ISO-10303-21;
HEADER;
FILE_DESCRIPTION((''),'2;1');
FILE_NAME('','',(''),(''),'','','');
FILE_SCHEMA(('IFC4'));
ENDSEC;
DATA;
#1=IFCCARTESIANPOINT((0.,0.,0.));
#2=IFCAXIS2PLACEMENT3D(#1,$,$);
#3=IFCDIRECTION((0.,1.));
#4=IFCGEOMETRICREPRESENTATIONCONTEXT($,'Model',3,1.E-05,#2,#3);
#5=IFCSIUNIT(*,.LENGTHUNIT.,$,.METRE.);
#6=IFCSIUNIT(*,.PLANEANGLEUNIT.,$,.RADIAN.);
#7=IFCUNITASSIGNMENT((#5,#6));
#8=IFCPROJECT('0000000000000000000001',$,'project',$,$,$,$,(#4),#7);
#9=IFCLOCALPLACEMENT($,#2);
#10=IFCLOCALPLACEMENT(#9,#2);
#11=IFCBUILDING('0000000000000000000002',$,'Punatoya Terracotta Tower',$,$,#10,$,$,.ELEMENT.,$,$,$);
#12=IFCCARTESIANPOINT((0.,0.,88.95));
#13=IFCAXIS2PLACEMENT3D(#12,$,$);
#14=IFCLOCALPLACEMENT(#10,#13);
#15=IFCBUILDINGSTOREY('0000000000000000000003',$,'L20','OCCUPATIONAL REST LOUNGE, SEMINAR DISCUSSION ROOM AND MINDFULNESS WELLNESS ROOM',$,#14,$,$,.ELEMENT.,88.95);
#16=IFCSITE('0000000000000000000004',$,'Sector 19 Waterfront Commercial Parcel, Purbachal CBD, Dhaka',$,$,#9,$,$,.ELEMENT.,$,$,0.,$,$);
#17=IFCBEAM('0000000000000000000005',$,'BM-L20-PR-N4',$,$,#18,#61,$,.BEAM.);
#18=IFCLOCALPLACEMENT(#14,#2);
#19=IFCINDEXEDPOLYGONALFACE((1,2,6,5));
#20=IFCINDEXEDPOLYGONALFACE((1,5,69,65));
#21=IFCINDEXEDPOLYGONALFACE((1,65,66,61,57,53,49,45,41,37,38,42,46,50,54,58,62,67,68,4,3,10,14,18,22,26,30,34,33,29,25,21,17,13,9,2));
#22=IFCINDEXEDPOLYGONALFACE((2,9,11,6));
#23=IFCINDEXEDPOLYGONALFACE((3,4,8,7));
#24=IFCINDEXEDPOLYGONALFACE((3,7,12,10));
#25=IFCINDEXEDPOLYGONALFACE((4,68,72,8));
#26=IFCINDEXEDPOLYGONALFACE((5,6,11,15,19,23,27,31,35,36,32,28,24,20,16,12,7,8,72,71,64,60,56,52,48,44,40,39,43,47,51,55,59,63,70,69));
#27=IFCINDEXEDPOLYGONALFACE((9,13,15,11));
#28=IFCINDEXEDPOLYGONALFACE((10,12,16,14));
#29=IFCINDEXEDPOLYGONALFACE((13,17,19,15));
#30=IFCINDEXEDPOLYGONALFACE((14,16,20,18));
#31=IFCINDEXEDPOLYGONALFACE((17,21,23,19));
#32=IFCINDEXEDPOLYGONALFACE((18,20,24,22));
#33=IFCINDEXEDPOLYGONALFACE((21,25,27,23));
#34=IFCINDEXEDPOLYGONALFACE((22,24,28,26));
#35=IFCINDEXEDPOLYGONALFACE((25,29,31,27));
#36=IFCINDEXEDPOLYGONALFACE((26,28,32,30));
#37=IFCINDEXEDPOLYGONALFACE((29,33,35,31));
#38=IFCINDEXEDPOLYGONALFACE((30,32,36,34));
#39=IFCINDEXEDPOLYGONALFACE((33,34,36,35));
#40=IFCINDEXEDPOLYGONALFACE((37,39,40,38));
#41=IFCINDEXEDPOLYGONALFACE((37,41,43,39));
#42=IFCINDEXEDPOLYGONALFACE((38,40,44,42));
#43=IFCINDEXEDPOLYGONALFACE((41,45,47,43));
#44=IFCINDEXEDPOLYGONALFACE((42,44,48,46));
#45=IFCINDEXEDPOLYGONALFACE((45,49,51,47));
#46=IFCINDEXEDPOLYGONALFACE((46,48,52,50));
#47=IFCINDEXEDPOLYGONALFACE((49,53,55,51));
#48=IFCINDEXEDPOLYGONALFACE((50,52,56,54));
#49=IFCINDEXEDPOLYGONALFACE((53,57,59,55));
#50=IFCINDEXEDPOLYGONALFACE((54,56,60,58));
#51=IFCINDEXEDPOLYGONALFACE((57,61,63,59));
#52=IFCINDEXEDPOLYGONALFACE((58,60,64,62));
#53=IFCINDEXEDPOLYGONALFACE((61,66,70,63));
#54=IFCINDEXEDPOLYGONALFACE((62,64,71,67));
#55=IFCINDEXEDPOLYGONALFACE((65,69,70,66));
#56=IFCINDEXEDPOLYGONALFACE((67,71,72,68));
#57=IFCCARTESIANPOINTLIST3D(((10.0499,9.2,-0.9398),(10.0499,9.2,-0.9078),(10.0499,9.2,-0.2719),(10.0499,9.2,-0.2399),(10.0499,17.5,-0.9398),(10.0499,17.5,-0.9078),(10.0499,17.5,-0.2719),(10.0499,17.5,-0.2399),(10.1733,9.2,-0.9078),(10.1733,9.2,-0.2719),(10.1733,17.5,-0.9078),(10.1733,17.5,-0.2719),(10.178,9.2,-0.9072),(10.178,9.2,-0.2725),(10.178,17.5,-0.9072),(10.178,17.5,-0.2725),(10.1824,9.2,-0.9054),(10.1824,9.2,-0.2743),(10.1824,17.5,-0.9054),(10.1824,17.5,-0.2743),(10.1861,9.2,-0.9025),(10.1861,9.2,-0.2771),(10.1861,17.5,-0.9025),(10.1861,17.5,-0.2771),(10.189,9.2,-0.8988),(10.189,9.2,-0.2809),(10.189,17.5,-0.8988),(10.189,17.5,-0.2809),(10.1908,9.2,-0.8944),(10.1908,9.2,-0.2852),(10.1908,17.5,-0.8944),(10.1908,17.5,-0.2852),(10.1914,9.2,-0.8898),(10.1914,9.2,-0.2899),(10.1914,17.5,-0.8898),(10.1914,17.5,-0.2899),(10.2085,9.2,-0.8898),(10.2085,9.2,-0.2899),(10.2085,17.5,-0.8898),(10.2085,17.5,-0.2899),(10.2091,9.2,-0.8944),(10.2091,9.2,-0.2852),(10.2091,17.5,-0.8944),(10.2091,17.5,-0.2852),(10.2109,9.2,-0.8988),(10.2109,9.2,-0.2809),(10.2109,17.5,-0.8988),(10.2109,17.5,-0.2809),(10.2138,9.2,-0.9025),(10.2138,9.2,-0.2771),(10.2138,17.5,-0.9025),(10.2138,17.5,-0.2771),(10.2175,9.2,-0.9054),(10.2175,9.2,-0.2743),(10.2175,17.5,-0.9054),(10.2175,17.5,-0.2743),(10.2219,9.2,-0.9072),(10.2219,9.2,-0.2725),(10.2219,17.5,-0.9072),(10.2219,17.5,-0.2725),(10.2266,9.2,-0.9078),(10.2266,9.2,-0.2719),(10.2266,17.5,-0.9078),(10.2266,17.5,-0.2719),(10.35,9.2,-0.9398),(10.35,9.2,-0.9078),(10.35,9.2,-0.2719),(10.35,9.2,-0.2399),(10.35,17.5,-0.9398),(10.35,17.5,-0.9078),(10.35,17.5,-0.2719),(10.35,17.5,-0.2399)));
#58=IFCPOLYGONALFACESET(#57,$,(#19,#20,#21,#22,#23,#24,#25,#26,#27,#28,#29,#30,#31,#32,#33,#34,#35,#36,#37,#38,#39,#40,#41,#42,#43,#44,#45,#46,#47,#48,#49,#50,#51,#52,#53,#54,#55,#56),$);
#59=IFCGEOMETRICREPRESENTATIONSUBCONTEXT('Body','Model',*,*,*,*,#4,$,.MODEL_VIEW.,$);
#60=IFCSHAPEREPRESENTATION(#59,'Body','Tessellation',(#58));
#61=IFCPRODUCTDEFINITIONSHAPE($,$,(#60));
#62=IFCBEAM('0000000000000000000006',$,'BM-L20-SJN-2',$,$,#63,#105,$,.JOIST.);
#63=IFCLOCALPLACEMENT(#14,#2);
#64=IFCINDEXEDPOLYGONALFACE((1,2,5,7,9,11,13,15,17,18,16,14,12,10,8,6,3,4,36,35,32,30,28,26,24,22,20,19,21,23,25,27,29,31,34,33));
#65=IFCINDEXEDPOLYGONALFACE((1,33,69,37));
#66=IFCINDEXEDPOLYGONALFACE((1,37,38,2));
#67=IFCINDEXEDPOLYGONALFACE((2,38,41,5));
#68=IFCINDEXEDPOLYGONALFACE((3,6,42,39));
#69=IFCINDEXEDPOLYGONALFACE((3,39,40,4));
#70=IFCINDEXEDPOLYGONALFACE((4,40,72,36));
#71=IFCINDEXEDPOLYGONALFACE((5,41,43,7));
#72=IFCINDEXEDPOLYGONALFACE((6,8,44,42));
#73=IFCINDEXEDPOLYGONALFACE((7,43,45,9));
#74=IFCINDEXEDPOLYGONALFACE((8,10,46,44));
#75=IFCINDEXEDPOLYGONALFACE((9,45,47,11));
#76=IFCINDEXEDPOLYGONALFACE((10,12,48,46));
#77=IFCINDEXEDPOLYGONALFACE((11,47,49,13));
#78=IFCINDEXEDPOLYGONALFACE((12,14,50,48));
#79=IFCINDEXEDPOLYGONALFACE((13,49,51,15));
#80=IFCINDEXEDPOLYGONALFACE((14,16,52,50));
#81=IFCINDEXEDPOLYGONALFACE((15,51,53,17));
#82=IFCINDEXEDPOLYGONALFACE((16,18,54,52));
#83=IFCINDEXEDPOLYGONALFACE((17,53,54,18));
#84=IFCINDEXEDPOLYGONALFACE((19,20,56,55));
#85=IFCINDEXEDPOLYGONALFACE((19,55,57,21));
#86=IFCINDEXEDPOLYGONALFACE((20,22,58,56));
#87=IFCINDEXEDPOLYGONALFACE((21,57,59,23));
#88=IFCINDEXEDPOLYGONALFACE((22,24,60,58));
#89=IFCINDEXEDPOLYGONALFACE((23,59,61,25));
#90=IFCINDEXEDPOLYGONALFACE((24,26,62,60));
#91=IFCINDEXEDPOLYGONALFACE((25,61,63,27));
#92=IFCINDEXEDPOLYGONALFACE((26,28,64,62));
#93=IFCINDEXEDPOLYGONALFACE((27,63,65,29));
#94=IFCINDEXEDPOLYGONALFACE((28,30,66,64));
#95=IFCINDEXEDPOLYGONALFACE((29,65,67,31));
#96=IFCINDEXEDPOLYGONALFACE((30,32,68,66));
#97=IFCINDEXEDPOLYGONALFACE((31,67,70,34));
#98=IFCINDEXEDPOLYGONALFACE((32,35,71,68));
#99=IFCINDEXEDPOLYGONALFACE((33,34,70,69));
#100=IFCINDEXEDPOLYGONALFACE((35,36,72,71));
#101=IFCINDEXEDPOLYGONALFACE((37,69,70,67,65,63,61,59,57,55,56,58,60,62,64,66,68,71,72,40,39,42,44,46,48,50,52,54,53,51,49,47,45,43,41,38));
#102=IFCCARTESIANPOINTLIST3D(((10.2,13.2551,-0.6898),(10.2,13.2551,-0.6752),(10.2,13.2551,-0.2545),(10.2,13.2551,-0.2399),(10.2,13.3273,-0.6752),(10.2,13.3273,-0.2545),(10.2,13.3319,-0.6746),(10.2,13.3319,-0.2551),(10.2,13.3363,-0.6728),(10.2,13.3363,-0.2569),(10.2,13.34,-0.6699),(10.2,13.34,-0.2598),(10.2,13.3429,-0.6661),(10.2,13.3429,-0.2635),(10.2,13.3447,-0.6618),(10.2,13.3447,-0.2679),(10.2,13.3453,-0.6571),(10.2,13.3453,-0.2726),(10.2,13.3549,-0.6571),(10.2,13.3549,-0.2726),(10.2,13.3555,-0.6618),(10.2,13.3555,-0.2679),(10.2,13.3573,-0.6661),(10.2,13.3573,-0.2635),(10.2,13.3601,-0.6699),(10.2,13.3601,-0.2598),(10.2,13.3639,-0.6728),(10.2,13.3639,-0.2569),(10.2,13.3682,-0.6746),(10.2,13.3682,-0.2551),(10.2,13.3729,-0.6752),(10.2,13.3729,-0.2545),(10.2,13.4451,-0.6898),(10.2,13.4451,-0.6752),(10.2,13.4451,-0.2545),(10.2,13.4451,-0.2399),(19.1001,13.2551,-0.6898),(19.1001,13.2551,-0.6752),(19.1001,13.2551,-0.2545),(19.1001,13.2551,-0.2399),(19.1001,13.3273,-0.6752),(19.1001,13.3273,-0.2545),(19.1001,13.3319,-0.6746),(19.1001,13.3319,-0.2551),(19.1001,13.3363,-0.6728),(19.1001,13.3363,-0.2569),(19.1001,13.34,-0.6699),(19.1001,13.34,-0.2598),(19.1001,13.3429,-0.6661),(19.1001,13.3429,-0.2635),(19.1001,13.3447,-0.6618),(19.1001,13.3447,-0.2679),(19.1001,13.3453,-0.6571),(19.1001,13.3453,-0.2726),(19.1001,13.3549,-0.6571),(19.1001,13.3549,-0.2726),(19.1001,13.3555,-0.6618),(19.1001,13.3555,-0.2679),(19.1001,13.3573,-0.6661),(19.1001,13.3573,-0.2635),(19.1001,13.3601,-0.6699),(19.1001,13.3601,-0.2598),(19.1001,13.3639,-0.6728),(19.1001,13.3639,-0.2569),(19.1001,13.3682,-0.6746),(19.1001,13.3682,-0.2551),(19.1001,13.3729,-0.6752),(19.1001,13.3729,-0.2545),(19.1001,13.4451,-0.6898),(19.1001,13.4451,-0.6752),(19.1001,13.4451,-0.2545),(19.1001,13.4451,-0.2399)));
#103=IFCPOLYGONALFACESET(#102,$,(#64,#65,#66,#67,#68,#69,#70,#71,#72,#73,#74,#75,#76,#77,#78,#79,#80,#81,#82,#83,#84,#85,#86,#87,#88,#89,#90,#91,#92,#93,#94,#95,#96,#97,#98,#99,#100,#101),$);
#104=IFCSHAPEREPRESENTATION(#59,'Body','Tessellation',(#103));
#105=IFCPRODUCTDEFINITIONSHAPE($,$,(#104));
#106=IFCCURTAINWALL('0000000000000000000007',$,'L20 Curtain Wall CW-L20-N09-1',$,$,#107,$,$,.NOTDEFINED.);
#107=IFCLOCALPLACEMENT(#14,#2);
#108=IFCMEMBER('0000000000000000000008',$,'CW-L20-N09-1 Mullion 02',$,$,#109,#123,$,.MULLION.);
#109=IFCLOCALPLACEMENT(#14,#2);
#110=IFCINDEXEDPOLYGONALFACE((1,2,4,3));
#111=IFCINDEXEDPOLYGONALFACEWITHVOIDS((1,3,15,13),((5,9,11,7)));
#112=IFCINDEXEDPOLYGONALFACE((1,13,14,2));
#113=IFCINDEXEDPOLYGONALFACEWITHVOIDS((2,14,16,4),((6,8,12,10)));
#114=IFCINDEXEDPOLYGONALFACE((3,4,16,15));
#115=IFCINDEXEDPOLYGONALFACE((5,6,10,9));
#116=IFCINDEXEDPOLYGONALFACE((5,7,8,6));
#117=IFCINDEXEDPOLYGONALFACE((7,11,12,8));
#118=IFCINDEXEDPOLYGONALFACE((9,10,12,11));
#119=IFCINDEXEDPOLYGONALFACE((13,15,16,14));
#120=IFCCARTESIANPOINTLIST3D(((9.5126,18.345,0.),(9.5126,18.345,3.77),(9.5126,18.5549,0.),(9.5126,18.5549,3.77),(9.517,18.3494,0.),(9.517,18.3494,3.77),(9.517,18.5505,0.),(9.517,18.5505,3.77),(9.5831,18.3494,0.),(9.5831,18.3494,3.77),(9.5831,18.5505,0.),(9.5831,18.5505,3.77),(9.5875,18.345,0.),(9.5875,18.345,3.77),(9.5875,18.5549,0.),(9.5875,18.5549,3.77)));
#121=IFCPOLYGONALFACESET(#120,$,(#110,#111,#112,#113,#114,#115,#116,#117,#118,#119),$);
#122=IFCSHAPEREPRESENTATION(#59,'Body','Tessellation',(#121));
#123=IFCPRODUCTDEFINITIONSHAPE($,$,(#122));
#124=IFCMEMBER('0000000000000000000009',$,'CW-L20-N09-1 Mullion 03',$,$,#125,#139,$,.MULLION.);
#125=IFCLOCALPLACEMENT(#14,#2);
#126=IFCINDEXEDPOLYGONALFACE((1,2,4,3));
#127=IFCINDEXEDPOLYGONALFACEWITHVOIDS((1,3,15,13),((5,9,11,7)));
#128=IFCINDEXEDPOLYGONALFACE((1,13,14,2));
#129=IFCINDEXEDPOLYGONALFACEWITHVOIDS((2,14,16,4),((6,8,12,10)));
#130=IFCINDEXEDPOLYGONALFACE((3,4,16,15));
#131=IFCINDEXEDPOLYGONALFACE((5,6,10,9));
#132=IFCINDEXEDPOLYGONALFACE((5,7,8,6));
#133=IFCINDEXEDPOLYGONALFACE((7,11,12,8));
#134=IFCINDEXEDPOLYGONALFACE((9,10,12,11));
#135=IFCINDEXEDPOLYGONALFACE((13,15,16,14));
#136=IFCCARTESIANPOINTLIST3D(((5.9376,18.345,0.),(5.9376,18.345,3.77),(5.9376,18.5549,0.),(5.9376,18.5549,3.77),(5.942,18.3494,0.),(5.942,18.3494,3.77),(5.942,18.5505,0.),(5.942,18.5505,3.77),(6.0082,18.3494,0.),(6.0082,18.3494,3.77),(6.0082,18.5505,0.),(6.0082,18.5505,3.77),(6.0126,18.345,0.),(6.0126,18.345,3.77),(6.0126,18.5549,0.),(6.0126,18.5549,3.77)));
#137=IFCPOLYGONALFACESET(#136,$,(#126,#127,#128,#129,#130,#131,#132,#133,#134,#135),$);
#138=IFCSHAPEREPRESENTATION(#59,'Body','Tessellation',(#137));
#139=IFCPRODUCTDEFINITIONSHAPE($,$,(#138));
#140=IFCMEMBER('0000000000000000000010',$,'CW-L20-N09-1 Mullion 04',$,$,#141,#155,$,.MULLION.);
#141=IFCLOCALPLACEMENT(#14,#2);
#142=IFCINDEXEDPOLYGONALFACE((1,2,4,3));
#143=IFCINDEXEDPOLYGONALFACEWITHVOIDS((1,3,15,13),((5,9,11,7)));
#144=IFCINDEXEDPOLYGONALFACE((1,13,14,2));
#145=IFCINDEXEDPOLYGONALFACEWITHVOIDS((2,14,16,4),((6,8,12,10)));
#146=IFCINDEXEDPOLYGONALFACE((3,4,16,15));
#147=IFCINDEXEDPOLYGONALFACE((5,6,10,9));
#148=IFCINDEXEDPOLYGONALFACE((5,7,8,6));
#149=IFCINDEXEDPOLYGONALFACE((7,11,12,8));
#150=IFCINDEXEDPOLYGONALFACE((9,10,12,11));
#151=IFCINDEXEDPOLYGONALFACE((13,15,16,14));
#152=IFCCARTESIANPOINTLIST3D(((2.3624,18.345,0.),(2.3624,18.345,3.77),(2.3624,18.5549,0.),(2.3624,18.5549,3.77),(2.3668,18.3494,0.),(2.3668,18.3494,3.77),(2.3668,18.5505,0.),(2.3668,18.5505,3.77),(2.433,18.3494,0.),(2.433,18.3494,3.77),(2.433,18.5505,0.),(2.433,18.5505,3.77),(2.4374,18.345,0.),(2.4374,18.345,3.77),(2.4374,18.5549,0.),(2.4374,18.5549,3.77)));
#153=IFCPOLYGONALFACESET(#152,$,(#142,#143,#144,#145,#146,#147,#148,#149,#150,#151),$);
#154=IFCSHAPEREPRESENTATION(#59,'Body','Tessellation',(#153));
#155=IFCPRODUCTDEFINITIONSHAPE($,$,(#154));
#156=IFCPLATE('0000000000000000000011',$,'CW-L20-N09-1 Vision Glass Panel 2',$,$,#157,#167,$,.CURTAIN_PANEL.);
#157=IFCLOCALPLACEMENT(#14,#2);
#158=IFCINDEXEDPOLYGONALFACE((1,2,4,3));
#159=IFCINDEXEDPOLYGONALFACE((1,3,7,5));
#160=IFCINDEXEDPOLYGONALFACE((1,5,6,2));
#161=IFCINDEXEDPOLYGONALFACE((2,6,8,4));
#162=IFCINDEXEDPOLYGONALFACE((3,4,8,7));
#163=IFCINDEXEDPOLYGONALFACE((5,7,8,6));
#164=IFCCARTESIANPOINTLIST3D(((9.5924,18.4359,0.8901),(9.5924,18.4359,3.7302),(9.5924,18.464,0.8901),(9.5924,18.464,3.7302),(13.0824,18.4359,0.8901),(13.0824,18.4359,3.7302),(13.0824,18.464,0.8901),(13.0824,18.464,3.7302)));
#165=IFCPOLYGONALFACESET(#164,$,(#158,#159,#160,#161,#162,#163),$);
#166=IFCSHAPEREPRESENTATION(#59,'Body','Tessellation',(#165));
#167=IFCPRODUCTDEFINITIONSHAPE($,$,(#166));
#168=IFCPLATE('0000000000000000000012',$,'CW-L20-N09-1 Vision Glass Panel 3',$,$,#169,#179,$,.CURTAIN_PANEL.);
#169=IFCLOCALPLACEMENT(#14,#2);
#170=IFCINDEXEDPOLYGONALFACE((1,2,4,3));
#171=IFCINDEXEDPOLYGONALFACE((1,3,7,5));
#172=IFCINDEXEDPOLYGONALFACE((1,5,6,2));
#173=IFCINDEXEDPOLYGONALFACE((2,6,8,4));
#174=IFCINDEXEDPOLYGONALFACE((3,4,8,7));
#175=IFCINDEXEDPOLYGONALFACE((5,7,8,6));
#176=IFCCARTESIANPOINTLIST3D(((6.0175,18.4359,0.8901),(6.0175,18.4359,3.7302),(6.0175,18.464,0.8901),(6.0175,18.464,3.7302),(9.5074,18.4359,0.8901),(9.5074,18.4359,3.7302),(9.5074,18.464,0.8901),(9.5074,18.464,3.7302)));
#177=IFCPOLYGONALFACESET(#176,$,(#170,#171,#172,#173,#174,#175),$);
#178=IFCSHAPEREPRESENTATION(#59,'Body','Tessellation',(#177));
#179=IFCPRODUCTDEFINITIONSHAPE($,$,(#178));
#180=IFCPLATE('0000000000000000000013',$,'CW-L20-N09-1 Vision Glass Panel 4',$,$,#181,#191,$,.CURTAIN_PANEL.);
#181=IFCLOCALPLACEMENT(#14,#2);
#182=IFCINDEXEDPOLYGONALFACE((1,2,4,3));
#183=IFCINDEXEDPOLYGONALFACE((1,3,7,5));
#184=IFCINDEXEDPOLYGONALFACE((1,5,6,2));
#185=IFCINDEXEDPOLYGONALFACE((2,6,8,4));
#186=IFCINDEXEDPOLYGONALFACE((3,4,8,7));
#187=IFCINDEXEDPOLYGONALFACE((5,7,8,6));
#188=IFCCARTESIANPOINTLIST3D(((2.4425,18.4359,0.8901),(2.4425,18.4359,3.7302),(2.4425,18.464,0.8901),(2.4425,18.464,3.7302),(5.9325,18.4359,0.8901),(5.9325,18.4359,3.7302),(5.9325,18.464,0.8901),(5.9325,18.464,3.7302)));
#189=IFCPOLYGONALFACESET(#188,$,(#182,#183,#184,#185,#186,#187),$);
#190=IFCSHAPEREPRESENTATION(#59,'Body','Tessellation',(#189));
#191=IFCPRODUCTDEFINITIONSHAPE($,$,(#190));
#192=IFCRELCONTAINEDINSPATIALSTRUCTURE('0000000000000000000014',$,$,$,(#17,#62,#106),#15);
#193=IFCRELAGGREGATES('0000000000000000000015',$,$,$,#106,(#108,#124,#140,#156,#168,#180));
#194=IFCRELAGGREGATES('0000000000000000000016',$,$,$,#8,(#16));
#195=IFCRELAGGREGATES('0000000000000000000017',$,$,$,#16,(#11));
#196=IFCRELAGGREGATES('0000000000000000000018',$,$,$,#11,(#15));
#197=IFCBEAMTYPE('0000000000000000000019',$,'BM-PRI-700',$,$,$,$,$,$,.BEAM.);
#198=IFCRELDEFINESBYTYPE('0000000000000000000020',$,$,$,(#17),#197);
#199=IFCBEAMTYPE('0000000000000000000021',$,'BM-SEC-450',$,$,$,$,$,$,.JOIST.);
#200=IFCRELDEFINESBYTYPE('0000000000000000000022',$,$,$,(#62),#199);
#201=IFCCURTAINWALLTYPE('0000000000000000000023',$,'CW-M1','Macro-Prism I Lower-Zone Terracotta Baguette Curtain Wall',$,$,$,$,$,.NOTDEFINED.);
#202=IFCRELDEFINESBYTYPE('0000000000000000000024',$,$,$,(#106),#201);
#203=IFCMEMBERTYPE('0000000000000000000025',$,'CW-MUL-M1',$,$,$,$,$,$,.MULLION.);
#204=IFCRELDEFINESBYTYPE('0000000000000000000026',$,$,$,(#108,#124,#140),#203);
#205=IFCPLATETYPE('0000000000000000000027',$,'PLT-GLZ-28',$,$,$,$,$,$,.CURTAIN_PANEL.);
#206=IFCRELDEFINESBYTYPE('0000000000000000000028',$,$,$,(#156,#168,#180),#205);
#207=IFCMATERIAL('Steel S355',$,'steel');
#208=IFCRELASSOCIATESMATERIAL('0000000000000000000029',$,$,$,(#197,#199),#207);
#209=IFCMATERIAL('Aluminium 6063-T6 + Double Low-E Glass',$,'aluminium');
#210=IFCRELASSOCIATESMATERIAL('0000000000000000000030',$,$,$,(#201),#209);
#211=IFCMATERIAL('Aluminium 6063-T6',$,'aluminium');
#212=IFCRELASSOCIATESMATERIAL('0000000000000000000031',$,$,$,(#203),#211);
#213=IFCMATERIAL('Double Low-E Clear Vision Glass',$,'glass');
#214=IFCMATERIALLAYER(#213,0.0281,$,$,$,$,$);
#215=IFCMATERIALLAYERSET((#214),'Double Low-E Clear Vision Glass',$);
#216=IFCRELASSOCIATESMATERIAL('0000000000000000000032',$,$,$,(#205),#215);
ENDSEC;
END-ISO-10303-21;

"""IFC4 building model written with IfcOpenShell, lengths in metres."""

from ifc_helpers import new_model, si_unit, direction, frame, origin, origin_2d, place, context, subcontext, project, spatial, rectangle, hollow_rectangle, i_section, extrude, material, layer, layer_set, material_profile, profile_set, type_object, element, aggregate, save


model = new_model("IFC4")

# Units and contexts
model_context = context("Model", 3, precision=1e-05, world=origin(), true_north=direction((0.0, 1.0)))
body_context = subcontext(model_context, "Body", "Model", "MODEL_VIEW")
ifc_project = project(units=[si_unit("LENGTHUNIT", "METRE"), si_unit("PLANEANGLEUNIT", "RADIAN")], contexts=[model_context])

# Site, building, storey
site_placement = place(None, origin())
site = spatial("IfcSite", under=ifc_project, at=site_placement, Name="Sector 19 Waterfront Commercial Parcel, Purbachal CBD, Dhaka", CompositionType="ELEMENT", RefElevation=0.0)
building_placement = place(site_placement, origin())
building = spatial("IfcBuilding", under=site, at=building_placement, Name="Punatoya Terracotta Tower", CompositionType="ELEMENT")
storey_placement = place(building_placement, frame((0.0, 0.0, 88.95)))
storey = spatial("IfcBuildingStorey", under=building, at=storey_placement, Name="L20", Description="OCCUPATIONAL REST LOUNGE, SEMINAR DISCUSSION ROOM AND MINDFULNESS WELLNESS ROOM", CompositionType="ELEMENT", Elevation=88.95)

# Beams
ifc_material_1 = material(Name="Steel S355", Category="steel")
ifc_material_profile_1 = material_profile(ifc_material_1, i_section(OverallWidth=0.3, OverallDepth=0.7, WebThickness=0.0171, FlangeThickness=0.032, FilletRadius=0.0181, at=origin_2d()))
ifc_profile_set_1 = profile_set([ifc_material_profile_1], Name="Steel S355")
beam_type_1 = type_object("IfcBeamType", Name="BM-PRI-700", PredefinedType="BEAM", material=ifc_profile_set_1)
for number, where, z_axis, x_axis, name in (
    (1, (10.2, 9.2, -0.5898), (0.0, 1.0, 0.0), (-1.0, 0.0, 0.0), "BM-L20-PR-N4"),
):
    element("IfcBeam", number, at=place(storey_placement, frame(where, z_axis=z_axis, x_axis=x_axis)), inside=storey, type_object=beam_type_1, Name=name, PredefinedType="BEAM", context=body_context, shape_type="SweptSolid", body=[
        extrude(i_section(OverallWidth=0.3, OverallDepth=0.7, WebThickness=0.0171, FlangeThickness=0.032, FilletRadius=0.0181, at=origin_2d()), origin(), (0.0, 0.0, 1.0), 8.3),
    ])
ifc_material_profile_2 = material_profile(ifc_material_1, i_section(OverallWidth=0.1899, OverallDepth=0.45, WebThickness=0.0095, FlangeThickness=0.0146, FilletRadius=0.0181, at=origin_2d()))
ifc_profile_set_2 = profile_set([ifc_material_profile_2], Name="Steel S355")
beam_type_2 = type_object("IfcBeamType", Name="BM-SEC-450", PredefinedType="JOIST", material=ifc_profile_set_2)
beam_1_placement = place(storey_placement, frame((10.2, 13.3501, -0.4648), z_axis=(1.0, 0.0, 0.0), x_axis=(0.0, 1.0, 0.0)))
element("IfcBeam", 2, at=beam_1_placement, inside=storey, type_object=beam_type_2, Name="BM-L20-SJN-2", PredefinedType="JOIST", context=body_context, shape_type="SweptSolid", body=[
    extrude(i_section(OverallWidth=0.1899, OverallDepth=0.45, WebThickness=0.0095, FlangeThickness=0.0146, FilletRadius=0.0181, at=origin_2d()), origin(), (0.0, 0.0, 1.0), 8.9001),
])

# Curtain wall, members, plates
ifc_material_2 = material(Name="Aluminium 6063-T6 + Double Low-E Glass", Category="aluminium")
curtain_wall_type = type_object("IfcCurtainWallType", Name="CW-M1", Description="Macro-Prism I Lower-Zone Terracotta Baguette Curtain Wall", PredefinedType="NOTDEFINED", material=ifc_material_2)
curtain_wall_placement = place(storey_placement, origin())
curtain_wall = element("IfcCurtainWall", 3, at=curtain_wall_placement, inside=storey, type_object=curtain_wall_type, Name="L20 Curtain Wall CW-L20-N09-1", PredefinedType="NOTDEFINED")
ifc_material_3 = material(Name="Aluminium 6063-T6", Category="aluminium")
ifc_material_profile_3 = material_profile(ifc_material_3, hollow_rectangle(XDim=0.075, YDim=0.21, WallThickness=0.0044, at=origin_2d()))
ifc_profile_set_3 = profile_set([ifc_material_profile_3], Name="Aluminium 6063-T6")
member_type = type_object("IfcMemberType", Name="CW-MUL-M1", PredefinedType="MULLION", material=ifc_profile_set_3)
member_1_placement = place(storey_placement, frame((9.55, 18.45, 0.0), z_axis=(0.0, 0.0, 1.0), x_axis=(1.0, 0.0, 0.0)))
member_1 = element("IfcMember", 4, at=member_1_placement, type_object=member_type, Name="CW-L20-N09-1 Mullion 02", PredefinedType="MULLION", context=body_context, shape_type="SweptSolid", body=[
    extrude(hollow_rectangle(XDim=0.075, YDim=0.21, WallThickness=0.0044, at=origin_2d()), origin(), (0.0, 0.0, 1.0), 3.77),
])
member_2_placement = place(storey_placement, frame((5.9751, 18.45, 0.0), z_axis=(0.0, 0.0, 1.0), x_axis=(1.0, 0.0, 0.0)))
member_2 = element("IfcMember", 5, at=member_2_placement, type_object=member_type, Name="CW-L20-N09-1 Mullion 03", PredefinedType="MULLION", context=body_context, shape_type="SweptSolid", body=[
    extrude(hollow_rectangle(XDim=0.075, YDim=0.21, WallThickness=0.0044, at=origin_2d()), origin(), (0.0, 0.0, 1.0), 3.77),
])
member_3_placement = place(storey_placement, frame((2.3999, 18.45, 0.0), z_axis=(0.0, 0.0, 1.0), x_axis=(1.0, 0.0, 0.0)))
member_3 = element("IfcMember", 6, at=member_3_placement, type_object=member_type, Name="CW-L20-N09-1 Mullion 04", PredefinedType="MULLION", context=body_context, shape_type="SweptSolid", body=[
    extrude(hollow_rectangle(XDim=0.075, YDim=0.21, WallThickness=0.0044, at=origin_2d()), origin(), (0.0, 0.0, 1.0), 3.77),
])
ifc_material_4 = material(Name="Double Low-E Clear Vision Glass", Category="glass")
ifc_layer_1 = layer(ifc_material_4, 0.0281)
ifc_layer_set_1 = layer_set([ifc_layer_1], Name="Double Low-E Clear Vision Glass")
plate_type_1 = type_object("IfcPlateType", Name="PLT-GLZ-28", PredefinedType="CURTAIN_PANEL", material=ifc_layer_set_1)
plate_1_placement = place(storey_placement, frame((11.3374, 18.45, 0.8901), z_axis=(0.0, 0.0, 1.0), x_axis=(-1.0, 0.0, 0.0)))
plate_1 = element("IfcPlate", 7, at=plate_1_placement, type_object=plate_type_1, Name="CW-L20-N09-1 Vision Glass Panel 2", PredefinedType="CURTAIN_PANEL", context=body_context, shape_type="SweptSolid", body=[
    extrude(rectangle(XDim=3.49, YDim=0.0281, at=origin_2d()), origin(), (0.0, 0.0, 1.0), 2.8401),
])
plate_2_placement = place(storey_placement, frame((7.7625, 18.45, 0.8901), z_axis=(0.0, 0.0, 1.0), x_axis=(-1.0, 0.0, 0.0)))
plate_2 = element("IfcPlate", 8, at=plate_2_placement, type_object=plate_type_1, Name="CW-L20-N09-1 Vision Glass Panel 3", PredefinedType="CURTAIN_PANEL", context=body_context, shape_type="SweptSolid", body=[
    extrude(rectangle(XDim=3.49, YDim=0.0281, at=origin_2d()), origin(), (0.0, 0.0, 1.0), 2.8401),
])
plate_3_placement = place(storey_placement, frame((4.1875, 18.45, 0.8901), z_axis=(0.0, 0.0, 1.0), x_axis=(-1.0, 0.0, 0.0)))
plate_3 = element("IfcPlate", 9, at=plate_3_placement, type_object=plate_type_1, Name="CW-L20-N09-1 Vision Glass Panel 4", PredefinedType="CURTAIN_PANEL", context=body_context, shape_type="SweptSolid", body=[
    extrude(rectangle(XDim=3.49, YDim=0.0281, at=origin_2d()), origin(), (0.0, 0.0, 1.0), 2.8401),
])
aggregate(curtain_wall, [member_1, member_2, member_3, plate_1, plate_2, plate_3])

save(model, "model.ifc")
